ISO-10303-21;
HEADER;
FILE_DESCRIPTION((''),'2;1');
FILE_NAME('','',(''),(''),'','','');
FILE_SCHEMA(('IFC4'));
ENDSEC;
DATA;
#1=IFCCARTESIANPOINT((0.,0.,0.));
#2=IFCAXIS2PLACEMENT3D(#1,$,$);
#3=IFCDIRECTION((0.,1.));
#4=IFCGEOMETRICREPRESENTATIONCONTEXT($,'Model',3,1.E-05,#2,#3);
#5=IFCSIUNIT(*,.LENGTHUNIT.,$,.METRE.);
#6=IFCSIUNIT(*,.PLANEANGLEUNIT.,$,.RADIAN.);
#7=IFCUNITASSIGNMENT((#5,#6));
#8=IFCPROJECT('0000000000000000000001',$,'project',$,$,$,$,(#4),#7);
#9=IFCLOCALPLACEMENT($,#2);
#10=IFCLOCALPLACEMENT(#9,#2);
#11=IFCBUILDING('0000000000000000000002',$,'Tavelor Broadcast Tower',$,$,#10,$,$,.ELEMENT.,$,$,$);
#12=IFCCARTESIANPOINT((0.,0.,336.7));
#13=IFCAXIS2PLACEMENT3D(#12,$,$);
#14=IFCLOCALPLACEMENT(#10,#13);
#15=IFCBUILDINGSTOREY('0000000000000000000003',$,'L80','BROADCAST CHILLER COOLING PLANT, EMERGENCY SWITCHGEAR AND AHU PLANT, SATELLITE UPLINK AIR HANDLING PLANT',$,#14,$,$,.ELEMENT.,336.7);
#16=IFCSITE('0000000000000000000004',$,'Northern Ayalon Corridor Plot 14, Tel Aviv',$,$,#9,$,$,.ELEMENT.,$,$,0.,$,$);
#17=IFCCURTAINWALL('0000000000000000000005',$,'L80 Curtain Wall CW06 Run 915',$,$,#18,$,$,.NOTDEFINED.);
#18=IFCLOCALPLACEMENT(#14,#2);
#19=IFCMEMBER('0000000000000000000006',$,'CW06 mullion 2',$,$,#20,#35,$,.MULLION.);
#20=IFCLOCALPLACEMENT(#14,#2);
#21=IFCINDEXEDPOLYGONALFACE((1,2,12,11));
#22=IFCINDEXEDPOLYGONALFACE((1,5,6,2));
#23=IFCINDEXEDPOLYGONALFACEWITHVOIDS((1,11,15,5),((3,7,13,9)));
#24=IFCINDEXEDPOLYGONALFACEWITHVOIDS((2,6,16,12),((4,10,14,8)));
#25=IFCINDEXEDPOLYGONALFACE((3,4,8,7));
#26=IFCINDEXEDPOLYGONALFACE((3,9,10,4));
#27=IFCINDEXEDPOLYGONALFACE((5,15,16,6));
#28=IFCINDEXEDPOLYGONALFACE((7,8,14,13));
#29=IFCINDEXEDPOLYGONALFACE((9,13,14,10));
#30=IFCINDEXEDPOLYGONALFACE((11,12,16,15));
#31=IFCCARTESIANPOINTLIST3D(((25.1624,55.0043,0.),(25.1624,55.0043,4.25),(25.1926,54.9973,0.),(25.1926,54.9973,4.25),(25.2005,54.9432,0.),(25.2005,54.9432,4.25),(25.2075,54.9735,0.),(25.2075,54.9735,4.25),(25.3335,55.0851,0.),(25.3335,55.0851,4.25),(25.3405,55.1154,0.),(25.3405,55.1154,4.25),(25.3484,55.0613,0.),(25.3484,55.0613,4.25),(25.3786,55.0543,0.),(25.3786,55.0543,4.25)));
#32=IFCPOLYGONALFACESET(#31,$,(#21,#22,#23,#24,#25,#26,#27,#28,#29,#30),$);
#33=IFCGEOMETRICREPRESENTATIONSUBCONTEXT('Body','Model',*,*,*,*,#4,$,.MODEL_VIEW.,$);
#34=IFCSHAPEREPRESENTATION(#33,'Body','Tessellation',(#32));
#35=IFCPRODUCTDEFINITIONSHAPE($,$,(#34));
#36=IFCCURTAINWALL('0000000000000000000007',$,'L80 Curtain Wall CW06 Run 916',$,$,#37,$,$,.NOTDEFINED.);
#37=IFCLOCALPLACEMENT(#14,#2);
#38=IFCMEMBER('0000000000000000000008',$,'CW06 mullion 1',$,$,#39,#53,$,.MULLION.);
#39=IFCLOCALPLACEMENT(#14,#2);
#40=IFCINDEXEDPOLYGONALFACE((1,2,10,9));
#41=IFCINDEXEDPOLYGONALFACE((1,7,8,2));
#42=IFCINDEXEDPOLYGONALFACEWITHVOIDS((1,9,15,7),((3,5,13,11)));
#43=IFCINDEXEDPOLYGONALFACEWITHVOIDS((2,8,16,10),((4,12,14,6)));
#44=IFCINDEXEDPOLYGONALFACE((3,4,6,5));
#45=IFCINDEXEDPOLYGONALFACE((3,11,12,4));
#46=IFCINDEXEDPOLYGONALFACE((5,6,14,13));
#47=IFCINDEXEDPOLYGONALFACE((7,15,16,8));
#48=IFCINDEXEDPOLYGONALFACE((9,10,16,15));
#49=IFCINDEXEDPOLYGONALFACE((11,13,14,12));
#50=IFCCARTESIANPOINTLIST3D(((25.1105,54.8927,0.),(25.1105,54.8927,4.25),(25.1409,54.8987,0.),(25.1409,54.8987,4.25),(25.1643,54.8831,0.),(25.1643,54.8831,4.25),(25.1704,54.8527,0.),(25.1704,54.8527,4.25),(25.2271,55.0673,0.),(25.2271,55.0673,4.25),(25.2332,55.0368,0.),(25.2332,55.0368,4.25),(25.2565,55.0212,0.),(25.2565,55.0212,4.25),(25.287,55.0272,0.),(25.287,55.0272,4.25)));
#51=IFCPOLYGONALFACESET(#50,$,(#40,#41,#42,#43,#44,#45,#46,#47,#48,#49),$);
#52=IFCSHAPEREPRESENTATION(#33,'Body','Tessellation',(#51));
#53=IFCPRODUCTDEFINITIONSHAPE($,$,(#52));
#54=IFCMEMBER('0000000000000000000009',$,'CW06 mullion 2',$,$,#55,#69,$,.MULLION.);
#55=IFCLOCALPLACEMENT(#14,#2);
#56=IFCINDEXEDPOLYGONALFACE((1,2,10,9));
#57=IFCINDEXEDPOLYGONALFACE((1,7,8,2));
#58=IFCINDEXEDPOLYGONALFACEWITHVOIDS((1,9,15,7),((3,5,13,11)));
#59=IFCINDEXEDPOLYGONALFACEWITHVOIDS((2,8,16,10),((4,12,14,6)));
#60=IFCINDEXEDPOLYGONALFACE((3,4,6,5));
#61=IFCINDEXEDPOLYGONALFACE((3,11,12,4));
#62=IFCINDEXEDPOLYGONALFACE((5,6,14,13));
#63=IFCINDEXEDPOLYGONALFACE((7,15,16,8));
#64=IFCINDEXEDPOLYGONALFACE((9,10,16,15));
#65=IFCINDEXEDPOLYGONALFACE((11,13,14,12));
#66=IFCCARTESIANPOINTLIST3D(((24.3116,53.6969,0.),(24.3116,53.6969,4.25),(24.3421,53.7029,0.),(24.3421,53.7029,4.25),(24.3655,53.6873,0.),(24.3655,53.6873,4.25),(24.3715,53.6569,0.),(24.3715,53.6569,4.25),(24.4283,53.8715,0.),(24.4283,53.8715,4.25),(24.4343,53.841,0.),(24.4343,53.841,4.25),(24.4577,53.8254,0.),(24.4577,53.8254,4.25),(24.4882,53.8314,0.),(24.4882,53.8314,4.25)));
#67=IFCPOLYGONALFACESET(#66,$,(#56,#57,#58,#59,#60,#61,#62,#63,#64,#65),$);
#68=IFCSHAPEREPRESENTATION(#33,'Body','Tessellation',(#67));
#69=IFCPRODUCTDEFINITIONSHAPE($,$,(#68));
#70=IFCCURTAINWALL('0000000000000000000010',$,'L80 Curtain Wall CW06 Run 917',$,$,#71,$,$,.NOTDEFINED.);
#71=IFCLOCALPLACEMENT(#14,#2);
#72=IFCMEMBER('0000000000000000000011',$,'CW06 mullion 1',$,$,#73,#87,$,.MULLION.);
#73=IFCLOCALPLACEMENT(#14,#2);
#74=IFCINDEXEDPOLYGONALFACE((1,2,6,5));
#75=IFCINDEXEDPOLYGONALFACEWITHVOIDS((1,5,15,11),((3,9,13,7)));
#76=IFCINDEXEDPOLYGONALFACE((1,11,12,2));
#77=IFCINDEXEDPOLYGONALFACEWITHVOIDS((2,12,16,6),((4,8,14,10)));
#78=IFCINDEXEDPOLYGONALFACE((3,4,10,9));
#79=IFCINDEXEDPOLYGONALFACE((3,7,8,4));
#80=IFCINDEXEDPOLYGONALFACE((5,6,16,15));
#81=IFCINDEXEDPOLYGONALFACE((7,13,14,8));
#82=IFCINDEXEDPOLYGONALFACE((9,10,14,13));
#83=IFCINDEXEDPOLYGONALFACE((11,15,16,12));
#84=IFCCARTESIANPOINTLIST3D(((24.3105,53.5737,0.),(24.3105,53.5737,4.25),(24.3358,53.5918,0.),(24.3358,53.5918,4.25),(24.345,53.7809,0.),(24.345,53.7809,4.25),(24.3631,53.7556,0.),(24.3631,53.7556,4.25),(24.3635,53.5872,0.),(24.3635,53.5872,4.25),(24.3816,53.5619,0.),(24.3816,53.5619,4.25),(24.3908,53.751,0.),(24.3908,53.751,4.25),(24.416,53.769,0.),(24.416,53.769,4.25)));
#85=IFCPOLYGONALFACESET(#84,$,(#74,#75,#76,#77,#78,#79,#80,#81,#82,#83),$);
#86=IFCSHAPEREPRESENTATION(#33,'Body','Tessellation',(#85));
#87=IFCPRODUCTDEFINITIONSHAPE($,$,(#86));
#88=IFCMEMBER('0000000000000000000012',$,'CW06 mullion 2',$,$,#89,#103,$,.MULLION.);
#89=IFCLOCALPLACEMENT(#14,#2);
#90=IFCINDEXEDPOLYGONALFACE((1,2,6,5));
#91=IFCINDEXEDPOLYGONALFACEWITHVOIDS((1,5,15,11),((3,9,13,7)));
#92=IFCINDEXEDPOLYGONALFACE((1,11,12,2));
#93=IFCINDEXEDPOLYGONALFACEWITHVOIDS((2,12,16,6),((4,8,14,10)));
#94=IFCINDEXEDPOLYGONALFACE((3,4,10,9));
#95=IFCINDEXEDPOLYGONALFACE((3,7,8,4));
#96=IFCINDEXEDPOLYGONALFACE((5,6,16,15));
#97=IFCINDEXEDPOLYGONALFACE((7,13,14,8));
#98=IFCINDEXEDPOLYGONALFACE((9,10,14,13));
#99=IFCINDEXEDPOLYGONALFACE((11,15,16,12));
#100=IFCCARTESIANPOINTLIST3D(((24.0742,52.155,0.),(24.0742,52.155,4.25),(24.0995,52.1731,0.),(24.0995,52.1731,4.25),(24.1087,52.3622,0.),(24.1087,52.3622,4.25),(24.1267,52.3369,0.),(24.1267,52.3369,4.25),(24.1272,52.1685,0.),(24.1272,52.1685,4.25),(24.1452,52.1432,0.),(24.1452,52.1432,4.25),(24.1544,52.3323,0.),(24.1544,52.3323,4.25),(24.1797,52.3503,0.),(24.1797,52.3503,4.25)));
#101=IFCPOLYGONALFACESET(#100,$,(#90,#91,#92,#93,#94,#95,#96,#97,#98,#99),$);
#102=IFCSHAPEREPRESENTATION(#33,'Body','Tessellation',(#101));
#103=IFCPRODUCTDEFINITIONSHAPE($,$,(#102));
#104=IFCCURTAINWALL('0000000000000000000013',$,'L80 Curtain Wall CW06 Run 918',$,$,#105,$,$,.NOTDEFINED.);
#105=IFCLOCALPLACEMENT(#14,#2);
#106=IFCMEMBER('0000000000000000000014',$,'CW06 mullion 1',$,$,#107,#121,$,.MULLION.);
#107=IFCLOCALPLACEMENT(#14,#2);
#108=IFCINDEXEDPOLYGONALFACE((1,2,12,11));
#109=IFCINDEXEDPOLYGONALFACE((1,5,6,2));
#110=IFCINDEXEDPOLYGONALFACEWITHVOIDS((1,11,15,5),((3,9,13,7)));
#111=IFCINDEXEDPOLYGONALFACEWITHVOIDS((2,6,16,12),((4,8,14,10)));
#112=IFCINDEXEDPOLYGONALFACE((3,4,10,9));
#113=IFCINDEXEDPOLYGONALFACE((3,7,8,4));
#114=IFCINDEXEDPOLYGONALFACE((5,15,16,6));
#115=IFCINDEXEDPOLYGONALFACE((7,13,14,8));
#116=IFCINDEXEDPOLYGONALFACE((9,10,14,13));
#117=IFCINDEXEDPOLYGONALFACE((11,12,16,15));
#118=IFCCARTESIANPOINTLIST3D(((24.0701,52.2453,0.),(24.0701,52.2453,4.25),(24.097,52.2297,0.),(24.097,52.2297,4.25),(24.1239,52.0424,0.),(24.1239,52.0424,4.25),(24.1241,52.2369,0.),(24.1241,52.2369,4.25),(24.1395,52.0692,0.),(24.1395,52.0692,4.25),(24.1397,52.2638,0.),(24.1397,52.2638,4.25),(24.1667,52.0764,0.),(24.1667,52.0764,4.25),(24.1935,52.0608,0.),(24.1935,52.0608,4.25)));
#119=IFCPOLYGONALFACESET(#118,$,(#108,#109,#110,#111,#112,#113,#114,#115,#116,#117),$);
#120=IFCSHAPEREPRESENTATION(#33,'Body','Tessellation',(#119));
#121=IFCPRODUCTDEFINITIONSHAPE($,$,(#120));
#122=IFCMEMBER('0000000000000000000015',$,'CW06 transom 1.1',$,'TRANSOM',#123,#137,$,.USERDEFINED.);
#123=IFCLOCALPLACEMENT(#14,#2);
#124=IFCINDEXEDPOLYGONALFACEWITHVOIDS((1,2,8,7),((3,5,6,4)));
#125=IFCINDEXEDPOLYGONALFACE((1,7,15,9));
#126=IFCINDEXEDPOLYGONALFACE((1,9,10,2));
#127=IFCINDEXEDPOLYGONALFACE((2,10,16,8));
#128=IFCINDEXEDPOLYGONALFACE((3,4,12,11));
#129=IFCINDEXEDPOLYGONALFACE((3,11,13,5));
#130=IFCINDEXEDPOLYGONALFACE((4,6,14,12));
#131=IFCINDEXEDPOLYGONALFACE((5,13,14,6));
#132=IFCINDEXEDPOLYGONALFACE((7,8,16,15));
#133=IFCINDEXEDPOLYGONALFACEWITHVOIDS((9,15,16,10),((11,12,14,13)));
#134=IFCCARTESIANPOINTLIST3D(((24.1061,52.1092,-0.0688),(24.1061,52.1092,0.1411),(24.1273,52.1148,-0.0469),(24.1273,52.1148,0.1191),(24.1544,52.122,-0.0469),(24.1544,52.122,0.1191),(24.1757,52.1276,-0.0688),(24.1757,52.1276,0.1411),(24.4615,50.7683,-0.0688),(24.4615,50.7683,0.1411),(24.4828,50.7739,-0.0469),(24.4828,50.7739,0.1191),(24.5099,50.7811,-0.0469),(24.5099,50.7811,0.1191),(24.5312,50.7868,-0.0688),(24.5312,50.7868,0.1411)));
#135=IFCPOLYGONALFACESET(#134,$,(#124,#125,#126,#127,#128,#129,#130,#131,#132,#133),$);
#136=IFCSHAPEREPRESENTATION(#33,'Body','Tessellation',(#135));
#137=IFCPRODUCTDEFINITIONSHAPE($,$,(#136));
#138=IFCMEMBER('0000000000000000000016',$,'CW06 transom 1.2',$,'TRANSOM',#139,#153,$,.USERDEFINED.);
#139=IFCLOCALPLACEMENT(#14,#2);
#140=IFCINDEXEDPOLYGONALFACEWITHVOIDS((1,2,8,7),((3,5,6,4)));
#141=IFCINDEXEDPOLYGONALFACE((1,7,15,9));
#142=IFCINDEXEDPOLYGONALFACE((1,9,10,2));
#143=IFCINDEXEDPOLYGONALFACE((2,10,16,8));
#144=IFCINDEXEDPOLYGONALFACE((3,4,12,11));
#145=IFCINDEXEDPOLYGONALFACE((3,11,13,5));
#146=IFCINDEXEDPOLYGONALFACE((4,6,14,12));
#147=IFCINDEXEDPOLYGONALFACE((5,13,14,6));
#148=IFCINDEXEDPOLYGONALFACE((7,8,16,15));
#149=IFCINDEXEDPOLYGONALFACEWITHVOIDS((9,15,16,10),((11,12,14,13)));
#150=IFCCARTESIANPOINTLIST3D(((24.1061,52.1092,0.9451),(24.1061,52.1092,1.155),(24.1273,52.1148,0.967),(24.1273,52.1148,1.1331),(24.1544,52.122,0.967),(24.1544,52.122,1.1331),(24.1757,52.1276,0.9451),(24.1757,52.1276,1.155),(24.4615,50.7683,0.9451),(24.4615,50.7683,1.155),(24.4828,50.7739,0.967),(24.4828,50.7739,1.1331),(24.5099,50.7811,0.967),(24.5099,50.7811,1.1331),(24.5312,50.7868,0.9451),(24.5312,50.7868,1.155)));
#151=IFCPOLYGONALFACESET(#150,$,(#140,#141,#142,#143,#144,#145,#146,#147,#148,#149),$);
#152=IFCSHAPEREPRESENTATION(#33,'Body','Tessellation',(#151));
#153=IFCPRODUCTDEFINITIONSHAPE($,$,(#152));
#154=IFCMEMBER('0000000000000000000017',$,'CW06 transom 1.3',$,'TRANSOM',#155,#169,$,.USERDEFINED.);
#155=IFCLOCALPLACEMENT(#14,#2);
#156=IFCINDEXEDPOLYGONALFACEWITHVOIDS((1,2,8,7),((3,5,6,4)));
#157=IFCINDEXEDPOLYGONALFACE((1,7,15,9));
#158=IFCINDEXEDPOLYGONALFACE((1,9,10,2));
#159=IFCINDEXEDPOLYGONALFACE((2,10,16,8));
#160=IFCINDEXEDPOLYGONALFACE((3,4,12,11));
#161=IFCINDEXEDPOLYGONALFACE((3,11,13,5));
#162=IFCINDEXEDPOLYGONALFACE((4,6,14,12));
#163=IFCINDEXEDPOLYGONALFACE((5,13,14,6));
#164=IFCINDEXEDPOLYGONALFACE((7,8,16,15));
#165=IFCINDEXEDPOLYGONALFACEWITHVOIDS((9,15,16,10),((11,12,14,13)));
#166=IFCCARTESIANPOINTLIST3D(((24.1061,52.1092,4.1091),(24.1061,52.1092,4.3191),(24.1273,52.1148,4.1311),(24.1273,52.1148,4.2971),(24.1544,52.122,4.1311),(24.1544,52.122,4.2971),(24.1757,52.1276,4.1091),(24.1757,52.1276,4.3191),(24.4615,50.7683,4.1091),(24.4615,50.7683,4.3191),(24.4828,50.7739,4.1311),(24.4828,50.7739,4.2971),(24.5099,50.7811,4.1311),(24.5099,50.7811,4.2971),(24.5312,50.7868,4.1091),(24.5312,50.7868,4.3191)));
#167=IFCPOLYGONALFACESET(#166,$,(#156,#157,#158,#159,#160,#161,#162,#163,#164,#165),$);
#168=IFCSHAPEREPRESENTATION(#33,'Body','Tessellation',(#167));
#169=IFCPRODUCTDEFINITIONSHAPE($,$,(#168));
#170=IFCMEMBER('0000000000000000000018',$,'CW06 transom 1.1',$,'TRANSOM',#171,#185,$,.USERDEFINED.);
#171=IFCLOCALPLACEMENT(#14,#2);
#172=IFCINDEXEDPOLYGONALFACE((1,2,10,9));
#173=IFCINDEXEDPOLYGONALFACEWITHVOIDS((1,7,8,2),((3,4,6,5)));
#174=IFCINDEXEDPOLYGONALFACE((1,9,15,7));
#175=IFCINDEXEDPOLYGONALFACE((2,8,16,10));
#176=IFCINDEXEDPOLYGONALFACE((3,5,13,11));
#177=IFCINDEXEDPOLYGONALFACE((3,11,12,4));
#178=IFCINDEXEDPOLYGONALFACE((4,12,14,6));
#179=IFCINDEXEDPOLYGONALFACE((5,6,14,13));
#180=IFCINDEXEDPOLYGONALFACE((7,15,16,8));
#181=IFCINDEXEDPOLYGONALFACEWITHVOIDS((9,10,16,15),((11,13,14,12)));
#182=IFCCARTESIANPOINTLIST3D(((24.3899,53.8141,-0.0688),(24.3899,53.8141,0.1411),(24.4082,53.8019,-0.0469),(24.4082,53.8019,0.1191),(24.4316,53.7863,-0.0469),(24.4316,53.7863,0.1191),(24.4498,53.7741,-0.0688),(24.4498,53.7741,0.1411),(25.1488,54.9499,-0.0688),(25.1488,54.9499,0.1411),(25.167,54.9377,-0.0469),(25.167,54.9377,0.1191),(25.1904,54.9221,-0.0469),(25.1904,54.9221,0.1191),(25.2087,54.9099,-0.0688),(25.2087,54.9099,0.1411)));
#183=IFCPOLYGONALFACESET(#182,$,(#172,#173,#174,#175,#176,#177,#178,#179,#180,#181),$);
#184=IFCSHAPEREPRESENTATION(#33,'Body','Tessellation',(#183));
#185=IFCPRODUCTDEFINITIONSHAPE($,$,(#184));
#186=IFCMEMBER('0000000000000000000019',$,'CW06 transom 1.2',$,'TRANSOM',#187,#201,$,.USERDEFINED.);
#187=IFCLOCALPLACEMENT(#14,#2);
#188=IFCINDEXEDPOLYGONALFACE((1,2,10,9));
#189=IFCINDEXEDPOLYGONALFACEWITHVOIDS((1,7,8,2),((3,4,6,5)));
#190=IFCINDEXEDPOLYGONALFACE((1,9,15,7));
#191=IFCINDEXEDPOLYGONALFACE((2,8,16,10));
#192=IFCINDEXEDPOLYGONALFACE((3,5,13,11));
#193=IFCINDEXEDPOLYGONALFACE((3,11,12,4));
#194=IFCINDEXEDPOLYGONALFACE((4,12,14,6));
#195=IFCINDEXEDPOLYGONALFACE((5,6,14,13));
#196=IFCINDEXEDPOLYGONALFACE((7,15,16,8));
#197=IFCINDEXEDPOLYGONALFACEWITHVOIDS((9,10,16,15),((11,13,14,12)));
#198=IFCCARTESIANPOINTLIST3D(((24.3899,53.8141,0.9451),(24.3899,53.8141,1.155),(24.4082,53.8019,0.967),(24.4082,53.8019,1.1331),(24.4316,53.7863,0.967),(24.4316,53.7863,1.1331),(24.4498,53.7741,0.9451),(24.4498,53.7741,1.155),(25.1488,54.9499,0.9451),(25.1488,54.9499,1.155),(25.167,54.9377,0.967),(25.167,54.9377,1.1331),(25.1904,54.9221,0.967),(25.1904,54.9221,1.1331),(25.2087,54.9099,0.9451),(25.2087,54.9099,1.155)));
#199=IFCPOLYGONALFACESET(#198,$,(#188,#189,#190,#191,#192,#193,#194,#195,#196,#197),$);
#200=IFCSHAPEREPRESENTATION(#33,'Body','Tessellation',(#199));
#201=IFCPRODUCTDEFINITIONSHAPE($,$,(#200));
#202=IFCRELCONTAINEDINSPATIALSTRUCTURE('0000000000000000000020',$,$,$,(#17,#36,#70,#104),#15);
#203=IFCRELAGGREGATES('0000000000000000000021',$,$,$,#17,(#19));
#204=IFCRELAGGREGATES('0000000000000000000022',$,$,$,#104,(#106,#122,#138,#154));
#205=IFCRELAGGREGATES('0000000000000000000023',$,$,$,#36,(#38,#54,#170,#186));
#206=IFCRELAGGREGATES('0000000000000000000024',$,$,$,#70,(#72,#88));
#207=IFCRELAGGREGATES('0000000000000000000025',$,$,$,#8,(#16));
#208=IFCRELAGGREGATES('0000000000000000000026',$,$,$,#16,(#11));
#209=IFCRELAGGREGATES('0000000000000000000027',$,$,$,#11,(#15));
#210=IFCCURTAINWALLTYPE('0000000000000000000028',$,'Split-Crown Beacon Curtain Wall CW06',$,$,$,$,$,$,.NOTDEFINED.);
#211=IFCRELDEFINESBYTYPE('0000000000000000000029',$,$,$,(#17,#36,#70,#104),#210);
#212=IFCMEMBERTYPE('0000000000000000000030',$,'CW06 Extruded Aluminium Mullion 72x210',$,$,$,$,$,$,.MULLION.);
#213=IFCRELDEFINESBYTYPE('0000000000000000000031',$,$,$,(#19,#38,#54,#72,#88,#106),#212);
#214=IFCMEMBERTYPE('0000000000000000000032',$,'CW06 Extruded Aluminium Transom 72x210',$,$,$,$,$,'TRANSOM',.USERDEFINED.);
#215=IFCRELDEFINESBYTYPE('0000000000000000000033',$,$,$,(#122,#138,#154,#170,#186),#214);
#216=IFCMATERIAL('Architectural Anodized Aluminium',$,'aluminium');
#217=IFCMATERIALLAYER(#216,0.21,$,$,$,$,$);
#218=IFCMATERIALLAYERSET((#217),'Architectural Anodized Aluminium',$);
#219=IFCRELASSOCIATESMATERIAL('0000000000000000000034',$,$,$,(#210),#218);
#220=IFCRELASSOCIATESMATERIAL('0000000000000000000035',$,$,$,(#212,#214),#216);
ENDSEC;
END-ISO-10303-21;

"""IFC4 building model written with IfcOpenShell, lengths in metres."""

from ifc_helpers import new_model, si_unit, direction, frame, origin, origin_2d, place, context, subcontext, project, spatial, hollow_rectangle, extrude, source, transform, mapped, material, layer, layer_set, material_profile, profile_set, type_object, type_shapes, element, aggregate, save


model = new_model("IFC4")

# Units and contexts
model_context = context("Model", 3, precision=1e-05, world=origin(), true_north=direction((0.0, 1.0)))
body_context = subcontext(model_context, "Body", "Model", "MODEL_VIEW")
ifc_project = project(units=[si_unit("LENGTHUNIT", "METRE"), si_unit("PLANEANGLEUNIT", "RADIAN")], contexts=[model_context])

# Site, building, storey
site_placement = place(None, origin())
site = spatial("IfcSite", under=ifc_project, at=site_placement, Name="Northern Ayalon Corridor Plot 14, Tel Aviv", CompositionType="ELEMENT", RefElevation=0.0)
building_placement = place(site_placement, origin())
building = spatial("IfcBuilding", under=site, at=building_placement, Name="Tavelor Broadcast Tower", CompositionType="ELEMENT")
storey_placement = place(building_placement, frame((0.0, 0.0, 336.7)))
storey = spatial("IfcBuildingStorey", under=building, at=storey_placement, Name="L80", Description="BROADCAST CHILLER COOLING PLANT, EMERGENCY SWITCHGEAR AND AHU PLANT, SATELLITE UPLINK AIR HANDLING PLANT", CompositionType="ELEMENT", Elevation=336.7)

# Curtain wall, member
ifc_material_1 = material(Name="Architectural Anodized Aluminium", Category="aluminium")
ifc_layer_1 = layer(ifc_material_1, 0.21)
ifc_layer_set_1 = layer_set([ifc_layer_1], Name="Architectural Anodized Aluminium")
curtain_wall_type = type_object("IfcCurtainWallType", Name="Split-Crown Beacon Curtain Wall CW06", PredefinedType="NOTDEFINED", material=ifc_layer_set_1)
curtain_wall_1_placement = place(storey_placement, origin())
curtain_wall_1 = element("IfcCurtainWall", 1, at=curtain_wall_1_placement, inside=storey, type_object=curtain_wall_type, Name="L80 Curtain Wall CW06 Run 915", PredefinedType="NOTDEFINED")
ifc_material_profile_1 = material_profile(ifc_material_1, hollow_rectangle(XDim=0.072, YDim=0.21, WallThickness=0.022, at=origin_2d()), Name="RHS 72x210x22")
ifc_profile_set_1 = profile_set([ifc_material_profile_1], Name="Architectural Anodized Aluminium")
member_type_1 = type_object("IfcMemberType", Name="CW06 Extruded Aluminium Mullion 72x210", PredefinedType="MULLION", material=ifc_profile_set_1)
shared_shape_1 = source(origin(), body_context, "Body", "SweptSolid", [
    extrude(hollow_rectangle(XDim=0.072, YDim=0.21, WallThickness=0.022, at=origin_2d()), origin(), (0.0, 0.0, 1.0), 4.25),
])
type_shapes(member_type_1, [shared_shape_1])
member_1_placement = place(storey_placement, frame((25.2705, 55.0293, 0.0), z_axis=(0.0, 0.0, 1.0), x_axis=(0.529153, -0.848526, 0.0)))
member_1 = element("IfcMember", 2, at=member_1_placement, type_object=member_type_1, Name="CW06 mullion 2", PredefinedType="MULLION", context=body_context, shape_type="MappedRepresentation", body=[
    mapped(shared_shape_1, transform((0.0, 0.0, 0.0), scale=1.0)),
])
aggregate(curtain_wall_1, [member_1])

# Curtain walls, members
curtain_wall_2_placement = place(storey_placement, origin())
curtain_wall_2 = element("IfcCurtainWall", 3, at=curtain_wall_2_placement, inside=storey, type_object=curtain_wall_type, Name="L80 Curtain Wall CW06 Run 916", PredefinedType="NOTDEFINED")
member_2_placement = place(storey_placement, frame((25.1987, 54.96, 0.0), z_axis=(0.0, 0.0, 1.0), x_axis=(0.83151, -0.55551, 0.0)))
member_2 = element("IfcMember", 4, at=member_2_placement, type_object=member_type_1, Name="CW06 mullion 1", PredefinedType="MULLION", context=body_context, shape_type="MappedRepresentation", body=[
    mapped(shared_shape_1, transform((0.0, 0.0, 0.0), scale=1.0)),
])
member_3_placement = place(storey_placement, frame((24.3999, 53.7642, 0.0), z_axis=(0.0, 0.0, 1.0), x_axis=(0.83151, -0.55551, 0.0)))
member_3 = element("IfcMember", 5, at=member_3_placement, type_object=member_type_1, Name="CW06 mullion 2", PredefinedType="MULLION", context=body_context, shape_type="MappedRepresentation", body=[
    mapped(shared_shape_1, transform((0.0, 0.0, 0.0), scale=1.0)),
])
curtain_wall_3_placement = place(storey_placement, origin())
curtain_wall_3 = element("IfcCurtainWall", 6, at=curtain_wall_3_placement, inside=storey, type_object=curtain_wall_type, Name="L80 Curtain Wall CW06 Run 917", PredefinedType="NOTDEFINED")
member_4_placement = place(storey_placement, frame((24.3633, 53.6714, 0.0), z_axis=(0.0, 0.0, 1.0), x_axis=(0.986424, -0.164216, 0.0)))
member_4 = element("IfcMember", 7, at=member_4_placement, type_object=member_type_1, Name="CW06 mullion 1", PredefinedType="MULLION", context=body_context, shape_type="MappedRepresentation", body=[
    mapped(shared_shape_1, transform((0.0, 0.0, 0.0), scale=1.0)),
])
member_5_placement = place(storey_placement, frame((24.127, 52.2527, 0.0), z_axis=(0.0, 0.0, 1.0), x_axis=(0.986424, -0.164216, 0.0)))
member_5 = element("IfcMember", 8, at=member_5_placement, type_object=member_type_1, Name="CW06 mullion 2", PredefinedType="MULLION", context=body_context, shape_type="MappedRepresentation", body=[
    mapped(shared_shape_1, transform((0.0, 0.0, 0.0), scale=1.0)),
])
curtain_wall_4_placement = place(storey_placement, origin())
curtain_wall_4 = element("IfcCurtainWall", 9, at=curtain_wall_4_placement, inside=storey, type_object=curtain_wall_type, Name="L80 Curtain Wall CW06 Run 918", PredefinedType="NOTDEFINED")
member_6_placement = place(storey_placement, frame((24.1318, 52.1531, 0.0), z_axis=(0.0, 0.0, 1.0), x_axis=(0.966603, 0.25628, 0.0)))
member_6 = element("IfcMember", 10, at=member_6_placement, type_object=member_type_1, Name="CW06 mullion 1", PredefinedType="MULLION", context=body_context, shape_type="MappedRepresentation", body=[
    mapped(shared_shape_1, transform((0.0, 0.0, 0.0), scale=1.0)),
])
ifc_material_profile_2 = material_profile(ifc_material_1, hollow_rectangle(XDim=0.072, YDim=0.21, WallThickness=0.022, at=origin_2d()), Name="RHS 72x210x22")
ifc_profile_set_2 = profile_set([ifc_material_profile_2], Name="Architectural Anodized Aluminium")
member_type_2 = type_object("IfcMemberType", Name="CW06 Extruded Aluminium Transom 72x210", ElementType="TRANSOM", PredefinedType="USERDEFINED", material=ifc_profile_set_2)
shared_shape_2 = source(origin(), body_context, "Body", "SweptSolid", [
    extrude(hollow_rectangle(XDim=0.072, YDim=0.21, WallThickness=0.022, at=origin_2d()), origin(), (0.0, 0.0, 1.0), 1.3872),
])
member_7_placement = place(storey_placement, frame((24.1409, 52.1184, 0.0361), z_axis=(0.25626, -0.966608, 0.0), x_axis=(0.966608, 0.25626, 0.0)))
member_7 = element("IfcMember", 11, at=member_7_placement, type_object=member_type_2, Name="CW06 transom 1.1", ObjectType="TRANSOM", PredefinedType="USERDEFINED", context=body_context, shape_type="MappedRepresentation", body=[
    mapped(shared_shape_2, transform((0.0, 0.0, 0.0), scale=1.0)),
])
member_8_placement = place(storey_placement, frame((24.1409, 52.1184, 1.05), z_axis=(0.25626, -0.966608, 0.0), x_axis=(0.966608, 0.25626, 0.0)))
member_8 = element("IfcMember", 12, at=member_8_placement, type_object=member_type_2, Name="CW06 transom 1.2", ObjectType="TRANSOM", PredefinedType="USERDEFINED", context=body_context, shape_type="MappedRepresentation", body=[
    mapped(shared_shape_2, transform((0.0, 0.0, 0.0), scale=1.0)),
])
member_9_placement = place(storey_placement, frame((24.1409, 52.1184, 4.2141), z_axis=(0.25626, -0.966608, 0.0), x_axis=(0.966608, 0.25626, 0.0)))
member_9 = element("IfcMember", 13, at=member_9_placement, type_object=member_type_2, Name="CW06 transom 1.3", ObjectType="TRANSOM", PredefinedType="USERDEFINED", context=body_context, shape_type="MappedRepresentation", body=[
    mapped(shared_shape_2, transform((0.0, 0.0, 0.0), scale=1.0)),
])

# Members
shared_shape_3 = source(origin(), body_context, "Body", "SweptSolid", [
    extrude(hollow_rectangle(XDim=0.072, YDim=0.21, WallThickness=0.022, at=origin_2d()), origin(), (0.0, 0.0, 1.0), 1.366),
])
member_10_placement = place(storey_placement, frame((25.1787, 54.9299, 0.0361), z_axis=(-0.555525, -0.8315, 0.0), x_axis=(0.8315, -0.555525, 0.0)))
member_10 = element("IfcMember", 14, at=member_10_placement, type_object=member_type_2, Name="CW06 transom 1.1", ObjectType="TRANSOM", PredefinedType="USERDEFINED", context=body_context, shape_type="MappedRepresentation", body=[
    mapped(shared_shape_3, transform((0.0, 0.0, 0.0), scale=1.0)),
])
member_11_placement = place(storey_placement, frame((25.1787, 54.9299, 1.05), z_axis=(-0.555525, -0.8315, 0.0), x_axis=(0.8315, -0.555525, 0.0)))
member_11 = element("IfcMember", 15, at=member_11_placement, type_object=member_type_2, Name="CW06 transom 1.2", ObjectType="TRANSOM", PredefinedType="USERDEFINED", context=body_context, shape_type="MappedRepresentation", body=[
    mapped(shared_shape_3, transform((0.0, 0.0, 0.0), scale=1.0)),
])

aggregate(curtain_wall_4, [member_6, member_7, member_8, member_9])
aggregate(curtain_wall_2, [member_2, member_3, member_10, member_11])
aggregate(curtain_wall_3, [member_4, member_5])

save(model, "model.ifc")
